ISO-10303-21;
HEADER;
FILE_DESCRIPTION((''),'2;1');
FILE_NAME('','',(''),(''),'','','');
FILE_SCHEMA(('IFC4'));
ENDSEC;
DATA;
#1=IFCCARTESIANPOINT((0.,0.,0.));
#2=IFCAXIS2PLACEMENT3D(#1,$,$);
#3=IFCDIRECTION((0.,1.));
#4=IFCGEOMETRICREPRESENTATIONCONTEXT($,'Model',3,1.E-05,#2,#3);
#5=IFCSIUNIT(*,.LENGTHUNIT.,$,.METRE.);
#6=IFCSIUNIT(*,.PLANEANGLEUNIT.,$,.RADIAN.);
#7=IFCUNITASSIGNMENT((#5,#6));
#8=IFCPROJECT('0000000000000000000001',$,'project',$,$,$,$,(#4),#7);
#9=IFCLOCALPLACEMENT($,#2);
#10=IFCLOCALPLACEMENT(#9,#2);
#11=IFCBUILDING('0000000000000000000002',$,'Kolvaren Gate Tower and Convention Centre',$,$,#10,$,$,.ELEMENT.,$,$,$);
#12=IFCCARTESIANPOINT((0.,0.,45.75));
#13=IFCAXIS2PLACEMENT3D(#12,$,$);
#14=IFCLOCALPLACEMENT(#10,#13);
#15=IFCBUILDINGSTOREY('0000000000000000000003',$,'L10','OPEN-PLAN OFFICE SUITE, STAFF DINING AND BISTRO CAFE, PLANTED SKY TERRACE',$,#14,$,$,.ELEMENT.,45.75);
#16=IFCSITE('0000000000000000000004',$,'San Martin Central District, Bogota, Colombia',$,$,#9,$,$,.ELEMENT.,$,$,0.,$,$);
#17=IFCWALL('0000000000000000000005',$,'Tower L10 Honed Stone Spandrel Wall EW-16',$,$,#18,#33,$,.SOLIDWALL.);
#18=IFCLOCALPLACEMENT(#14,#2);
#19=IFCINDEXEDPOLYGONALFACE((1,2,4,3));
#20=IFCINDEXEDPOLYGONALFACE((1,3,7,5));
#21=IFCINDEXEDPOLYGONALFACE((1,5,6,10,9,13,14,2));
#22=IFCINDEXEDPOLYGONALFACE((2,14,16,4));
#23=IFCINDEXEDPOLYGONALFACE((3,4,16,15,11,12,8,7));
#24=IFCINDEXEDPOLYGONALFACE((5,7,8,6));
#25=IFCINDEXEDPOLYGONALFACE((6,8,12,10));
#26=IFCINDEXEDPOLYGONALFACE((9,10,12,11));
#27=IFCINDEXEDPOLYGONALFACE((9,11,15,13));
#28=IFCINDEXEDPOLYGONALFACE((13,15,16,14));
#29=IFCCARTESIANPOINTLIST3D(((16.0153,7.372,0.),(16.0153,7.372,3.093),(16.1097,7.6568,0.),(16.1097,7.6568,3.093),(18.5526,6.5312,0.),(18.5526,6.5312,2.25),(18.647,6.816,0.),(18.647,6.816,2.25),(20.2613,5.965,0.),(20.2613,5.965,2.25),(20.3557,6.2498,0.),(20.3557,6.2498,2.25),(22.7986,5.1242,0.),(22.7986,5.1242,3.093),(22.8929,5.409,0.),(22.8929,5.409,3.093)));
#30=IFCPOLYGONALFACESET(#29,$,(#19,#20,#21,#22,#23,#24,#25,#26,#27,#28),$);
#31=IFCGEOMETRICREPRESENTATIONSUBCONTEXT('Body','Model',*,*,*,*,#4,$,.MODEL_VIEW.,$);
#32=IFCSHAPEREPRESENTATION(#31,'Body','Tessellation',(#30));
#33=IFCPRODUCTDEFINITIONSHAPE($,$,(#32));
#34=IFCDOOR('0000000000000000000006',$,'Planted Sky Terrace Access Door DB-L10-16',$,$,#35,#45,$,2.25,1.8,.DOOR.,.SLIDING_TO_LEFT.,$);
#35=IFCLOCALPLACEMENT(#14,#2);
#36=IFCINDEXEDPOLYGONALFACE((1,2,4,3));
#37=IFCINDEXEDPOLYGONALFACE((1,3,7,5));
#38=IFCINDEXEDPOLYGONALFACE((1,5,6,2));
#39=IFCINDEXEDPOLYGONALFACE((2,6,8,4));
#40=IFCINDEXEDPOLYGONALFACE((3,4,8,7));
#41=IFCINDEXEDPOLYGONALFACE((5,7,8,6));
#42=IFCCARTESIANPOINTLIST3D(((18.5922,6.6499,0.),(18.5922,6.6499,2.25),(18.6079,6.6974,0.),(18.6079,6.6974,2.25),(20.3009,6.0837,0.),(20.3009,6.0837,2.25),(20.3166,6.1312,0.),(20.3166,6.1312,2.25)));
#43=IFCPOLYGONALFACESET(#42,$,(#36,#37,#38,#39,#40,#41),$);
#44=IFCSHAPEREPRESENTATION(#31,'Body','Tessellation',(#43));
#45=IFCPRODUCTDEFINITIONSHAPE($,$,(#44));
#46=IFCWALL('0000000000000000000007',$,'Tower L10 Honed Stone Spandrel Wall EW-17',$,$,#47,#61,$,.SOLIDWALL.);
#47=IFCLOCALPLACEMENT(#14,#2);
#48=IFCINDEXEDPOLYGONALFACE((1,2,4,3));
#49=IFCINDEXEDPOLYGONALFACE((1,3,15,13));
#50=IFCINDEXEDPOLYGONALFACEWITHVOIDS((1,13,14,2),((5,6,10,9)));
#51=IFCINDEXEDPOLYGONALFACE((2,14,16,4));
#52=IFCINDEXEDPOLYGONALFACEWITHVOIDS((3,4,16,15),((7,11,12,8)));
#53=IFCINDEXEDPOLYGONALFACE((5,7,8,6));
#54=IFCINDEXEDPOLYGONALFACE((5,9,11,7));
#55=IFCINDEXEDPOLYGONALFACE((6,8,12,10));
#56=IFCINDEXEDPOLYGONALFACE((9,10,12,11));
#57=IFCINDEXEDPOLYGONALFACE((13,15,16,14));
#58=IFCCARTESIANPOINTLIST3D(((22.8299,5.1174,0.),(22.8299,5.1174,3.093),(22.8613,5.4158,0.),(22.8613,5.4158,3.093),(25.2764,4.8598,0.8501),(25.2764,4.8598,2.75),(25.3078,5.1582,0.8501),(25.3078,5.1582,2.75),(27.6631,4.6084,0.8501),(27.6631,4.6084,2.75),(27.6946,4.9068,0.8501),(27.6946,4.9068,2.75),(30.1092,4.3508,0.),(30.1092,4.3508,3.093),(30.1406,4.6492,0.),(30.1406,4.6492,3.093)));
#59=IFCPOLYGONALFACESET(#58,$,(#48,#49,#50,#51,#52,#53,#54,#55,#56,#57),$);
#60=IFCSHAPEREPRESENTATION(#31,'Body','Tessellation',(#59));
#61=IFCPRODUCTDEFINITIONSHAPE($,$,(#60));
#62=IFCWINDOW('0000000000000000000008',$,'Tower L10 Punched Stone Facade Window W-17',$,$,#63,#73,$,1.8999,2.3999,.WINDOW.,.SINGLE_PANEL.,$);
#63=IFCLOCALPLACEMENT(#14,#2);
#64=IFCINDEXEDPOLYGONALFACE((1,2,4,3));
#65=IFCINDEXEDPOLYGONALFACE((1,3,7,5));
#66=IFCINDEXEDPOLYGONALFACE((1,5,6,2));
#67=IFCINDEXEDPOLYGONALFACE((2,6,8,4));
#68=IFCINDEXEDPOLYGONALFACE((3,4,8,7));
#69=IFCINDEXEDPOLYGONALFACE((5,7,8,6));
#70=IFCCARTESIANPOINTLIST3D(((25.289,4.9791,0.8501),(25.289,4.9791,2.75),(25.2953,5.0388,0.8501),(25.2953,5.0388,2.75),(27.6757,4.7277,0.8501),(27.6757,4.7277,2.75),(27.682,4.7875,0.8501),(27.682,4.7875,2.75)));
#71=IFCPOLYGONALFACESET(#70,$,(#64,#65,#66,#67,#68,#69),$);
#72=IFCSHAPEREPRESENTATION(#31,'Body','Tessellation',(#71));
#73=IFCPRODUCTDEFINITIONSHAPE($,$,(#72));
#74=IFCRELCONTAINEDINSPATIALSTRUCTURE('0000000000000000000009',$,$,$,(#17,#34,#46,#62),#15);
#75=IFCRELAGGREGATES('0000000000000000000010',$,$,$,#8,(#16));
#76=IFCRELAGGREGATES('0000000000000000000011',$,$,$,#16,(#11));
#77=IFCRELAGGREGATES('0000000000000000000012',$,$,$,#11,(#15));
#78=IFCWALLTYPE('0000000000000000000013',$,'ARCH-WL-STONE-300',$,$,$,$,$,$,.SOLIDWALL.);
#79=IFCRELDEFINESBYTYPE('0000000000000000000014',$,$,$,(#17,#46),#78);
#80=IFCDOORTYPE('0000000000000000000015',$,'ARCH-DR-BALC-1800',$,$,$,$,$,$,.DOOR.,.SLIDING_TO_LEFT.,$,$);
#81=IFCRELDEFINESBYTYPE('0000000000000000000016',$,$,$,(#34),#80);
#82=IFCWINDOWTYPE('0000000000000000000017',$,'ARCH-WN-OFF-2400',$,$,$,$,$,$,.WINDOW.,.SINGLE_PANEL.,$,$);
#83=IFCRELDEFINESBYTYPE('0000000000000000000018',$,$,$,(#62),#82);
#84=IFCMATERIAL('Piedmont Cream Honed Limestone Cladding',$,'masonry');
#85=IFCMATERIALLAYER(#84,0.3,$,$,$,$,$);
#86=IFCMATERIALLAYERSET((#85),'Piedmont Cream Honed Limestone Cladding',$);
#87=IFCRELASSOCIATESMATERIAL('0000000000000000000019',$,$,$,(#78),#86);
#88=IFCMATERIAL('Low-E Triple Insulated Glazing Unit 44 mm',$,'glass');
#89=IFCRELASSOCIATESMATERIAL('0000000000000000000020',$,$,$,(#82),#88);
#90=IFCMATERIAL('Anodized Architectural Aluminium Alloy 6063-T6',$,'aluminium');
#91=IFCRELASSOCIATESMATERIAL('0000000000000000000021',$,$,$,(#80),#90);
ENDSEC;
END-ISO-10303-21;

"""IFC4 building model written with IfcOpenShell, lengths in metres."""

from ifc_helpers import new_model, si_unit, direction, frame, frame_2d, origin, place, context, subcontext, project, spatial, rectangle, extrude, material, layer, layer_set, type_object, element, fill, save


model = new_model("IFC4")

# Units and contexts
model_context = context("Model", 3, precision=1e-05, world=origin(), true_north=direction((0.0, 1.0)))
body_context = subcontext(model_context, "Body", "Model", "MODEL_VIEW")
ifc_project = project(units=[si_unit("LENGTHUNIT", "METRE"), si_unit("PLANEANGLEUNIT", "RADIAN")], contexts=[model_context])

# Site, building, storey
site_placement = place(None, origin())
site = spatial("IfcSite", under=ifc_project, at=site_placement, Name="San Martin Central District, Bogota, Colombia", CompositionType="ELEMENT", RefElevation=0.0)
building_placement = place(site_placement, origin())
building = spatial("IfcBuilding", under=site, at=building_placement, Name="Kolvaren Gate Tower and Convention Centre", CompositionType="ELEMENT")
storey_placement = place(building_placement, frame((0.0, 0.0, 45.75)))
storey = spatial("IfcBuildingStorey", under=building, at=storey_placement, Name="L10", Description="OPEN-PLAN OFFICE SUITE, STAFF DINING AND BISTRO CAFE, PLANTED SKY TERRACE", CompositionType="ELEMENT", Elevation=45.75)

# Shared definitions
ifc_material_1 = material(Name="Anodized Architectural Aluminium Alloy 6063-T6", Category="aluminium")

# Shared definitions
ifc_material_2 = material(Name="Low-E Triple Insulated Glazing Unit 44 mm", Category="glass")

# Shared definitions
ifc_material_3 = material(Name="Piedmont Cream Honed Limestone Cladding", Category="masonry")

# Shared definitions
ifc_layer_1 = layer(ifc_material_3, 0.3)
ifc_layer_set_1 = layer_set([ifc_layer_1], Name="Piedmont Cream Honed Limestone Cladding")
wall_type_1 = type_object("IfcWallType", Name="ARCH-WL-STONE-300", PredefinedType="SOLIDWALL", material=ifc_layer_set_1)
window_type = type_object("IfcWindowType", Name="ARCH-WN-OFF-2400", PartitioningType="SINGLE_PANEL", PredefinedType="WINDOW", material=ifc_material_2)

# Wall, opening, door
wall_1_placement = place(storey_placement, frame((16.0625, 7.5144, 0.0), z_axis=(0.0, 0.0, 1.0), x_axis=(0.949239, -0.314557, 0.0)))
wall_1 = element("IfcWall", 1, at=wall_1_placement, inside=storey, type_object=wall_type_1, Name="Tower L10 Honed Stone Spandrel Wall EW-16", PredefinedType="SOLIDWALL", context=body_context, shape_type="SweptSolid", body=[
    extrude(rectangle(XDim=7.146, YDim=0.3, at=frame_2d((3.573, 0.0))), origin(), (0.0, 0.0, 1.0), 3.093),
])
opening_1_placement = place(wall_1_placement, frame((2.6731, 0.0, 0.0)))
opening_1 = element("IfcOpeningElement", 2, at=opening_1_placement, cuts=wall_1, PredefinedType="OPENING", context=body_context, shape_type="SweptSolid", body=[
    extrude(rectangle(XDim=1.8, YDim=2.25, at=frame_2d((0.8999, 1.125))), frame((0.0, 0.1599, 0.0), z_axis=(0.0, -1.0, 0.0), x_axis=(1.0, 0.0, 0.0)), (0.0, 0.0, 1.0), 0.3201),
])
door_type = type_object("IfcDoorType", Name="ARCH-DR-BALC-1800", OperationType="SLIDING_TO_LEFT", PredefinedType="DOOR", material=ifc_material_1)
door_placement = place(opening_1_placement, frame((1.8, 0.0, 0.0), z_axis=(0.0, 0.0, 1.0), x_axis=(-1.0, 0.0, 0.0)))
door = element("IfcDoor", 3, at=door_placement, inside=storey, type_object=door_type, Name="Planted Sky Terrace Access Door DB-L10-16", OperationType="SLIDING_TO_LEFT", OverallHeight=2.25, OverallWidth=1.8, PredefinedType="DOOR", context=body_context, shape_type="SweptSolid", body=[
    extrude(rectangle(XDim=1.8, YDim=2.25, at=frame_2d((0.8999, 1.125))), frame((0.0, 0.0249, 0.0), z_axis=(0.0, -1.0, 0.0), x_axis=(1.0, 0.0, 0.0)), (0.0, 0.0, 1.0), 0.05),
])
fill(opening_1, door)

# Wall, opening, window
wall_2_placement = place(storey_placement, frame((22.8457, 5.2666, 0.0), z_axis=(0.0, 0.0, 1.0), x_axis=(0.9945, -0.104733, 0.0)))
wall_2 = element("IfcWall", 4, at=wall_2_placement, inside=storey, type_object=wall_type_1, Name="Tower L10 Honed Stone Spandrel Wall EW-17", PredefinedType="SOLIDWALL", context=body_context, shape_type="SweptSolid", body=[
    extrude(rectangle(XDim=7.3196, YDim=0.3, at=frame_2d((3.6597, 0.0))), origin(), (0.0, 0.0, 1.0), 3.093),
])
opening_2_placement = place(wall_2_placement, frame((2.46, 0.0, 0.8501)))
opening_2 = element("IfcOpeningElement", 5, at=opening_2_placement, cuts=wall_2, PredefinedType="OPENING", context=body_context, shape_type="SweptSolid", body=[
    extrude(rectangle(XDim=2.3999, YDim=1.8999, at=frame_2d((1.2, 0.95))), frame((0.0, 0.1599, 0.0), z_axis=(0.0, -1.0, 0.0), x_axis=(1.0, 0.0, 0.0)), (0.0, 0.0, 1.0), 0.3201),
])
window_1_placement = place(opening_2_placement, origin())
window_1 = element("IfcWindow", 6, at=window_1_placement, inside=storey, type_object=window_type, Name="Tower L10 Punched Stone Facade Window W-17", OverallHeight=1.8999, OverallWidth=2.3999, PartitioningType="SINGLE_PANEL", PredefinedType="WINDOW", context=body_context, shape_type="SweptSolid", body=[
    extrude(rectangle(XDim=2.3999, YDim=1.8999, at=frame_2d((1.2, 0.95))), frame((0.0, 0.03, 0.0), z_axis=(0.0, -1.0, 0.0), x_axis=(1.0, 0.0, 0.0)), (0.0, 0.0, 1.0), 0.0601),
])
fill(opening_2, window_1)

save(model, "model.ifc")
